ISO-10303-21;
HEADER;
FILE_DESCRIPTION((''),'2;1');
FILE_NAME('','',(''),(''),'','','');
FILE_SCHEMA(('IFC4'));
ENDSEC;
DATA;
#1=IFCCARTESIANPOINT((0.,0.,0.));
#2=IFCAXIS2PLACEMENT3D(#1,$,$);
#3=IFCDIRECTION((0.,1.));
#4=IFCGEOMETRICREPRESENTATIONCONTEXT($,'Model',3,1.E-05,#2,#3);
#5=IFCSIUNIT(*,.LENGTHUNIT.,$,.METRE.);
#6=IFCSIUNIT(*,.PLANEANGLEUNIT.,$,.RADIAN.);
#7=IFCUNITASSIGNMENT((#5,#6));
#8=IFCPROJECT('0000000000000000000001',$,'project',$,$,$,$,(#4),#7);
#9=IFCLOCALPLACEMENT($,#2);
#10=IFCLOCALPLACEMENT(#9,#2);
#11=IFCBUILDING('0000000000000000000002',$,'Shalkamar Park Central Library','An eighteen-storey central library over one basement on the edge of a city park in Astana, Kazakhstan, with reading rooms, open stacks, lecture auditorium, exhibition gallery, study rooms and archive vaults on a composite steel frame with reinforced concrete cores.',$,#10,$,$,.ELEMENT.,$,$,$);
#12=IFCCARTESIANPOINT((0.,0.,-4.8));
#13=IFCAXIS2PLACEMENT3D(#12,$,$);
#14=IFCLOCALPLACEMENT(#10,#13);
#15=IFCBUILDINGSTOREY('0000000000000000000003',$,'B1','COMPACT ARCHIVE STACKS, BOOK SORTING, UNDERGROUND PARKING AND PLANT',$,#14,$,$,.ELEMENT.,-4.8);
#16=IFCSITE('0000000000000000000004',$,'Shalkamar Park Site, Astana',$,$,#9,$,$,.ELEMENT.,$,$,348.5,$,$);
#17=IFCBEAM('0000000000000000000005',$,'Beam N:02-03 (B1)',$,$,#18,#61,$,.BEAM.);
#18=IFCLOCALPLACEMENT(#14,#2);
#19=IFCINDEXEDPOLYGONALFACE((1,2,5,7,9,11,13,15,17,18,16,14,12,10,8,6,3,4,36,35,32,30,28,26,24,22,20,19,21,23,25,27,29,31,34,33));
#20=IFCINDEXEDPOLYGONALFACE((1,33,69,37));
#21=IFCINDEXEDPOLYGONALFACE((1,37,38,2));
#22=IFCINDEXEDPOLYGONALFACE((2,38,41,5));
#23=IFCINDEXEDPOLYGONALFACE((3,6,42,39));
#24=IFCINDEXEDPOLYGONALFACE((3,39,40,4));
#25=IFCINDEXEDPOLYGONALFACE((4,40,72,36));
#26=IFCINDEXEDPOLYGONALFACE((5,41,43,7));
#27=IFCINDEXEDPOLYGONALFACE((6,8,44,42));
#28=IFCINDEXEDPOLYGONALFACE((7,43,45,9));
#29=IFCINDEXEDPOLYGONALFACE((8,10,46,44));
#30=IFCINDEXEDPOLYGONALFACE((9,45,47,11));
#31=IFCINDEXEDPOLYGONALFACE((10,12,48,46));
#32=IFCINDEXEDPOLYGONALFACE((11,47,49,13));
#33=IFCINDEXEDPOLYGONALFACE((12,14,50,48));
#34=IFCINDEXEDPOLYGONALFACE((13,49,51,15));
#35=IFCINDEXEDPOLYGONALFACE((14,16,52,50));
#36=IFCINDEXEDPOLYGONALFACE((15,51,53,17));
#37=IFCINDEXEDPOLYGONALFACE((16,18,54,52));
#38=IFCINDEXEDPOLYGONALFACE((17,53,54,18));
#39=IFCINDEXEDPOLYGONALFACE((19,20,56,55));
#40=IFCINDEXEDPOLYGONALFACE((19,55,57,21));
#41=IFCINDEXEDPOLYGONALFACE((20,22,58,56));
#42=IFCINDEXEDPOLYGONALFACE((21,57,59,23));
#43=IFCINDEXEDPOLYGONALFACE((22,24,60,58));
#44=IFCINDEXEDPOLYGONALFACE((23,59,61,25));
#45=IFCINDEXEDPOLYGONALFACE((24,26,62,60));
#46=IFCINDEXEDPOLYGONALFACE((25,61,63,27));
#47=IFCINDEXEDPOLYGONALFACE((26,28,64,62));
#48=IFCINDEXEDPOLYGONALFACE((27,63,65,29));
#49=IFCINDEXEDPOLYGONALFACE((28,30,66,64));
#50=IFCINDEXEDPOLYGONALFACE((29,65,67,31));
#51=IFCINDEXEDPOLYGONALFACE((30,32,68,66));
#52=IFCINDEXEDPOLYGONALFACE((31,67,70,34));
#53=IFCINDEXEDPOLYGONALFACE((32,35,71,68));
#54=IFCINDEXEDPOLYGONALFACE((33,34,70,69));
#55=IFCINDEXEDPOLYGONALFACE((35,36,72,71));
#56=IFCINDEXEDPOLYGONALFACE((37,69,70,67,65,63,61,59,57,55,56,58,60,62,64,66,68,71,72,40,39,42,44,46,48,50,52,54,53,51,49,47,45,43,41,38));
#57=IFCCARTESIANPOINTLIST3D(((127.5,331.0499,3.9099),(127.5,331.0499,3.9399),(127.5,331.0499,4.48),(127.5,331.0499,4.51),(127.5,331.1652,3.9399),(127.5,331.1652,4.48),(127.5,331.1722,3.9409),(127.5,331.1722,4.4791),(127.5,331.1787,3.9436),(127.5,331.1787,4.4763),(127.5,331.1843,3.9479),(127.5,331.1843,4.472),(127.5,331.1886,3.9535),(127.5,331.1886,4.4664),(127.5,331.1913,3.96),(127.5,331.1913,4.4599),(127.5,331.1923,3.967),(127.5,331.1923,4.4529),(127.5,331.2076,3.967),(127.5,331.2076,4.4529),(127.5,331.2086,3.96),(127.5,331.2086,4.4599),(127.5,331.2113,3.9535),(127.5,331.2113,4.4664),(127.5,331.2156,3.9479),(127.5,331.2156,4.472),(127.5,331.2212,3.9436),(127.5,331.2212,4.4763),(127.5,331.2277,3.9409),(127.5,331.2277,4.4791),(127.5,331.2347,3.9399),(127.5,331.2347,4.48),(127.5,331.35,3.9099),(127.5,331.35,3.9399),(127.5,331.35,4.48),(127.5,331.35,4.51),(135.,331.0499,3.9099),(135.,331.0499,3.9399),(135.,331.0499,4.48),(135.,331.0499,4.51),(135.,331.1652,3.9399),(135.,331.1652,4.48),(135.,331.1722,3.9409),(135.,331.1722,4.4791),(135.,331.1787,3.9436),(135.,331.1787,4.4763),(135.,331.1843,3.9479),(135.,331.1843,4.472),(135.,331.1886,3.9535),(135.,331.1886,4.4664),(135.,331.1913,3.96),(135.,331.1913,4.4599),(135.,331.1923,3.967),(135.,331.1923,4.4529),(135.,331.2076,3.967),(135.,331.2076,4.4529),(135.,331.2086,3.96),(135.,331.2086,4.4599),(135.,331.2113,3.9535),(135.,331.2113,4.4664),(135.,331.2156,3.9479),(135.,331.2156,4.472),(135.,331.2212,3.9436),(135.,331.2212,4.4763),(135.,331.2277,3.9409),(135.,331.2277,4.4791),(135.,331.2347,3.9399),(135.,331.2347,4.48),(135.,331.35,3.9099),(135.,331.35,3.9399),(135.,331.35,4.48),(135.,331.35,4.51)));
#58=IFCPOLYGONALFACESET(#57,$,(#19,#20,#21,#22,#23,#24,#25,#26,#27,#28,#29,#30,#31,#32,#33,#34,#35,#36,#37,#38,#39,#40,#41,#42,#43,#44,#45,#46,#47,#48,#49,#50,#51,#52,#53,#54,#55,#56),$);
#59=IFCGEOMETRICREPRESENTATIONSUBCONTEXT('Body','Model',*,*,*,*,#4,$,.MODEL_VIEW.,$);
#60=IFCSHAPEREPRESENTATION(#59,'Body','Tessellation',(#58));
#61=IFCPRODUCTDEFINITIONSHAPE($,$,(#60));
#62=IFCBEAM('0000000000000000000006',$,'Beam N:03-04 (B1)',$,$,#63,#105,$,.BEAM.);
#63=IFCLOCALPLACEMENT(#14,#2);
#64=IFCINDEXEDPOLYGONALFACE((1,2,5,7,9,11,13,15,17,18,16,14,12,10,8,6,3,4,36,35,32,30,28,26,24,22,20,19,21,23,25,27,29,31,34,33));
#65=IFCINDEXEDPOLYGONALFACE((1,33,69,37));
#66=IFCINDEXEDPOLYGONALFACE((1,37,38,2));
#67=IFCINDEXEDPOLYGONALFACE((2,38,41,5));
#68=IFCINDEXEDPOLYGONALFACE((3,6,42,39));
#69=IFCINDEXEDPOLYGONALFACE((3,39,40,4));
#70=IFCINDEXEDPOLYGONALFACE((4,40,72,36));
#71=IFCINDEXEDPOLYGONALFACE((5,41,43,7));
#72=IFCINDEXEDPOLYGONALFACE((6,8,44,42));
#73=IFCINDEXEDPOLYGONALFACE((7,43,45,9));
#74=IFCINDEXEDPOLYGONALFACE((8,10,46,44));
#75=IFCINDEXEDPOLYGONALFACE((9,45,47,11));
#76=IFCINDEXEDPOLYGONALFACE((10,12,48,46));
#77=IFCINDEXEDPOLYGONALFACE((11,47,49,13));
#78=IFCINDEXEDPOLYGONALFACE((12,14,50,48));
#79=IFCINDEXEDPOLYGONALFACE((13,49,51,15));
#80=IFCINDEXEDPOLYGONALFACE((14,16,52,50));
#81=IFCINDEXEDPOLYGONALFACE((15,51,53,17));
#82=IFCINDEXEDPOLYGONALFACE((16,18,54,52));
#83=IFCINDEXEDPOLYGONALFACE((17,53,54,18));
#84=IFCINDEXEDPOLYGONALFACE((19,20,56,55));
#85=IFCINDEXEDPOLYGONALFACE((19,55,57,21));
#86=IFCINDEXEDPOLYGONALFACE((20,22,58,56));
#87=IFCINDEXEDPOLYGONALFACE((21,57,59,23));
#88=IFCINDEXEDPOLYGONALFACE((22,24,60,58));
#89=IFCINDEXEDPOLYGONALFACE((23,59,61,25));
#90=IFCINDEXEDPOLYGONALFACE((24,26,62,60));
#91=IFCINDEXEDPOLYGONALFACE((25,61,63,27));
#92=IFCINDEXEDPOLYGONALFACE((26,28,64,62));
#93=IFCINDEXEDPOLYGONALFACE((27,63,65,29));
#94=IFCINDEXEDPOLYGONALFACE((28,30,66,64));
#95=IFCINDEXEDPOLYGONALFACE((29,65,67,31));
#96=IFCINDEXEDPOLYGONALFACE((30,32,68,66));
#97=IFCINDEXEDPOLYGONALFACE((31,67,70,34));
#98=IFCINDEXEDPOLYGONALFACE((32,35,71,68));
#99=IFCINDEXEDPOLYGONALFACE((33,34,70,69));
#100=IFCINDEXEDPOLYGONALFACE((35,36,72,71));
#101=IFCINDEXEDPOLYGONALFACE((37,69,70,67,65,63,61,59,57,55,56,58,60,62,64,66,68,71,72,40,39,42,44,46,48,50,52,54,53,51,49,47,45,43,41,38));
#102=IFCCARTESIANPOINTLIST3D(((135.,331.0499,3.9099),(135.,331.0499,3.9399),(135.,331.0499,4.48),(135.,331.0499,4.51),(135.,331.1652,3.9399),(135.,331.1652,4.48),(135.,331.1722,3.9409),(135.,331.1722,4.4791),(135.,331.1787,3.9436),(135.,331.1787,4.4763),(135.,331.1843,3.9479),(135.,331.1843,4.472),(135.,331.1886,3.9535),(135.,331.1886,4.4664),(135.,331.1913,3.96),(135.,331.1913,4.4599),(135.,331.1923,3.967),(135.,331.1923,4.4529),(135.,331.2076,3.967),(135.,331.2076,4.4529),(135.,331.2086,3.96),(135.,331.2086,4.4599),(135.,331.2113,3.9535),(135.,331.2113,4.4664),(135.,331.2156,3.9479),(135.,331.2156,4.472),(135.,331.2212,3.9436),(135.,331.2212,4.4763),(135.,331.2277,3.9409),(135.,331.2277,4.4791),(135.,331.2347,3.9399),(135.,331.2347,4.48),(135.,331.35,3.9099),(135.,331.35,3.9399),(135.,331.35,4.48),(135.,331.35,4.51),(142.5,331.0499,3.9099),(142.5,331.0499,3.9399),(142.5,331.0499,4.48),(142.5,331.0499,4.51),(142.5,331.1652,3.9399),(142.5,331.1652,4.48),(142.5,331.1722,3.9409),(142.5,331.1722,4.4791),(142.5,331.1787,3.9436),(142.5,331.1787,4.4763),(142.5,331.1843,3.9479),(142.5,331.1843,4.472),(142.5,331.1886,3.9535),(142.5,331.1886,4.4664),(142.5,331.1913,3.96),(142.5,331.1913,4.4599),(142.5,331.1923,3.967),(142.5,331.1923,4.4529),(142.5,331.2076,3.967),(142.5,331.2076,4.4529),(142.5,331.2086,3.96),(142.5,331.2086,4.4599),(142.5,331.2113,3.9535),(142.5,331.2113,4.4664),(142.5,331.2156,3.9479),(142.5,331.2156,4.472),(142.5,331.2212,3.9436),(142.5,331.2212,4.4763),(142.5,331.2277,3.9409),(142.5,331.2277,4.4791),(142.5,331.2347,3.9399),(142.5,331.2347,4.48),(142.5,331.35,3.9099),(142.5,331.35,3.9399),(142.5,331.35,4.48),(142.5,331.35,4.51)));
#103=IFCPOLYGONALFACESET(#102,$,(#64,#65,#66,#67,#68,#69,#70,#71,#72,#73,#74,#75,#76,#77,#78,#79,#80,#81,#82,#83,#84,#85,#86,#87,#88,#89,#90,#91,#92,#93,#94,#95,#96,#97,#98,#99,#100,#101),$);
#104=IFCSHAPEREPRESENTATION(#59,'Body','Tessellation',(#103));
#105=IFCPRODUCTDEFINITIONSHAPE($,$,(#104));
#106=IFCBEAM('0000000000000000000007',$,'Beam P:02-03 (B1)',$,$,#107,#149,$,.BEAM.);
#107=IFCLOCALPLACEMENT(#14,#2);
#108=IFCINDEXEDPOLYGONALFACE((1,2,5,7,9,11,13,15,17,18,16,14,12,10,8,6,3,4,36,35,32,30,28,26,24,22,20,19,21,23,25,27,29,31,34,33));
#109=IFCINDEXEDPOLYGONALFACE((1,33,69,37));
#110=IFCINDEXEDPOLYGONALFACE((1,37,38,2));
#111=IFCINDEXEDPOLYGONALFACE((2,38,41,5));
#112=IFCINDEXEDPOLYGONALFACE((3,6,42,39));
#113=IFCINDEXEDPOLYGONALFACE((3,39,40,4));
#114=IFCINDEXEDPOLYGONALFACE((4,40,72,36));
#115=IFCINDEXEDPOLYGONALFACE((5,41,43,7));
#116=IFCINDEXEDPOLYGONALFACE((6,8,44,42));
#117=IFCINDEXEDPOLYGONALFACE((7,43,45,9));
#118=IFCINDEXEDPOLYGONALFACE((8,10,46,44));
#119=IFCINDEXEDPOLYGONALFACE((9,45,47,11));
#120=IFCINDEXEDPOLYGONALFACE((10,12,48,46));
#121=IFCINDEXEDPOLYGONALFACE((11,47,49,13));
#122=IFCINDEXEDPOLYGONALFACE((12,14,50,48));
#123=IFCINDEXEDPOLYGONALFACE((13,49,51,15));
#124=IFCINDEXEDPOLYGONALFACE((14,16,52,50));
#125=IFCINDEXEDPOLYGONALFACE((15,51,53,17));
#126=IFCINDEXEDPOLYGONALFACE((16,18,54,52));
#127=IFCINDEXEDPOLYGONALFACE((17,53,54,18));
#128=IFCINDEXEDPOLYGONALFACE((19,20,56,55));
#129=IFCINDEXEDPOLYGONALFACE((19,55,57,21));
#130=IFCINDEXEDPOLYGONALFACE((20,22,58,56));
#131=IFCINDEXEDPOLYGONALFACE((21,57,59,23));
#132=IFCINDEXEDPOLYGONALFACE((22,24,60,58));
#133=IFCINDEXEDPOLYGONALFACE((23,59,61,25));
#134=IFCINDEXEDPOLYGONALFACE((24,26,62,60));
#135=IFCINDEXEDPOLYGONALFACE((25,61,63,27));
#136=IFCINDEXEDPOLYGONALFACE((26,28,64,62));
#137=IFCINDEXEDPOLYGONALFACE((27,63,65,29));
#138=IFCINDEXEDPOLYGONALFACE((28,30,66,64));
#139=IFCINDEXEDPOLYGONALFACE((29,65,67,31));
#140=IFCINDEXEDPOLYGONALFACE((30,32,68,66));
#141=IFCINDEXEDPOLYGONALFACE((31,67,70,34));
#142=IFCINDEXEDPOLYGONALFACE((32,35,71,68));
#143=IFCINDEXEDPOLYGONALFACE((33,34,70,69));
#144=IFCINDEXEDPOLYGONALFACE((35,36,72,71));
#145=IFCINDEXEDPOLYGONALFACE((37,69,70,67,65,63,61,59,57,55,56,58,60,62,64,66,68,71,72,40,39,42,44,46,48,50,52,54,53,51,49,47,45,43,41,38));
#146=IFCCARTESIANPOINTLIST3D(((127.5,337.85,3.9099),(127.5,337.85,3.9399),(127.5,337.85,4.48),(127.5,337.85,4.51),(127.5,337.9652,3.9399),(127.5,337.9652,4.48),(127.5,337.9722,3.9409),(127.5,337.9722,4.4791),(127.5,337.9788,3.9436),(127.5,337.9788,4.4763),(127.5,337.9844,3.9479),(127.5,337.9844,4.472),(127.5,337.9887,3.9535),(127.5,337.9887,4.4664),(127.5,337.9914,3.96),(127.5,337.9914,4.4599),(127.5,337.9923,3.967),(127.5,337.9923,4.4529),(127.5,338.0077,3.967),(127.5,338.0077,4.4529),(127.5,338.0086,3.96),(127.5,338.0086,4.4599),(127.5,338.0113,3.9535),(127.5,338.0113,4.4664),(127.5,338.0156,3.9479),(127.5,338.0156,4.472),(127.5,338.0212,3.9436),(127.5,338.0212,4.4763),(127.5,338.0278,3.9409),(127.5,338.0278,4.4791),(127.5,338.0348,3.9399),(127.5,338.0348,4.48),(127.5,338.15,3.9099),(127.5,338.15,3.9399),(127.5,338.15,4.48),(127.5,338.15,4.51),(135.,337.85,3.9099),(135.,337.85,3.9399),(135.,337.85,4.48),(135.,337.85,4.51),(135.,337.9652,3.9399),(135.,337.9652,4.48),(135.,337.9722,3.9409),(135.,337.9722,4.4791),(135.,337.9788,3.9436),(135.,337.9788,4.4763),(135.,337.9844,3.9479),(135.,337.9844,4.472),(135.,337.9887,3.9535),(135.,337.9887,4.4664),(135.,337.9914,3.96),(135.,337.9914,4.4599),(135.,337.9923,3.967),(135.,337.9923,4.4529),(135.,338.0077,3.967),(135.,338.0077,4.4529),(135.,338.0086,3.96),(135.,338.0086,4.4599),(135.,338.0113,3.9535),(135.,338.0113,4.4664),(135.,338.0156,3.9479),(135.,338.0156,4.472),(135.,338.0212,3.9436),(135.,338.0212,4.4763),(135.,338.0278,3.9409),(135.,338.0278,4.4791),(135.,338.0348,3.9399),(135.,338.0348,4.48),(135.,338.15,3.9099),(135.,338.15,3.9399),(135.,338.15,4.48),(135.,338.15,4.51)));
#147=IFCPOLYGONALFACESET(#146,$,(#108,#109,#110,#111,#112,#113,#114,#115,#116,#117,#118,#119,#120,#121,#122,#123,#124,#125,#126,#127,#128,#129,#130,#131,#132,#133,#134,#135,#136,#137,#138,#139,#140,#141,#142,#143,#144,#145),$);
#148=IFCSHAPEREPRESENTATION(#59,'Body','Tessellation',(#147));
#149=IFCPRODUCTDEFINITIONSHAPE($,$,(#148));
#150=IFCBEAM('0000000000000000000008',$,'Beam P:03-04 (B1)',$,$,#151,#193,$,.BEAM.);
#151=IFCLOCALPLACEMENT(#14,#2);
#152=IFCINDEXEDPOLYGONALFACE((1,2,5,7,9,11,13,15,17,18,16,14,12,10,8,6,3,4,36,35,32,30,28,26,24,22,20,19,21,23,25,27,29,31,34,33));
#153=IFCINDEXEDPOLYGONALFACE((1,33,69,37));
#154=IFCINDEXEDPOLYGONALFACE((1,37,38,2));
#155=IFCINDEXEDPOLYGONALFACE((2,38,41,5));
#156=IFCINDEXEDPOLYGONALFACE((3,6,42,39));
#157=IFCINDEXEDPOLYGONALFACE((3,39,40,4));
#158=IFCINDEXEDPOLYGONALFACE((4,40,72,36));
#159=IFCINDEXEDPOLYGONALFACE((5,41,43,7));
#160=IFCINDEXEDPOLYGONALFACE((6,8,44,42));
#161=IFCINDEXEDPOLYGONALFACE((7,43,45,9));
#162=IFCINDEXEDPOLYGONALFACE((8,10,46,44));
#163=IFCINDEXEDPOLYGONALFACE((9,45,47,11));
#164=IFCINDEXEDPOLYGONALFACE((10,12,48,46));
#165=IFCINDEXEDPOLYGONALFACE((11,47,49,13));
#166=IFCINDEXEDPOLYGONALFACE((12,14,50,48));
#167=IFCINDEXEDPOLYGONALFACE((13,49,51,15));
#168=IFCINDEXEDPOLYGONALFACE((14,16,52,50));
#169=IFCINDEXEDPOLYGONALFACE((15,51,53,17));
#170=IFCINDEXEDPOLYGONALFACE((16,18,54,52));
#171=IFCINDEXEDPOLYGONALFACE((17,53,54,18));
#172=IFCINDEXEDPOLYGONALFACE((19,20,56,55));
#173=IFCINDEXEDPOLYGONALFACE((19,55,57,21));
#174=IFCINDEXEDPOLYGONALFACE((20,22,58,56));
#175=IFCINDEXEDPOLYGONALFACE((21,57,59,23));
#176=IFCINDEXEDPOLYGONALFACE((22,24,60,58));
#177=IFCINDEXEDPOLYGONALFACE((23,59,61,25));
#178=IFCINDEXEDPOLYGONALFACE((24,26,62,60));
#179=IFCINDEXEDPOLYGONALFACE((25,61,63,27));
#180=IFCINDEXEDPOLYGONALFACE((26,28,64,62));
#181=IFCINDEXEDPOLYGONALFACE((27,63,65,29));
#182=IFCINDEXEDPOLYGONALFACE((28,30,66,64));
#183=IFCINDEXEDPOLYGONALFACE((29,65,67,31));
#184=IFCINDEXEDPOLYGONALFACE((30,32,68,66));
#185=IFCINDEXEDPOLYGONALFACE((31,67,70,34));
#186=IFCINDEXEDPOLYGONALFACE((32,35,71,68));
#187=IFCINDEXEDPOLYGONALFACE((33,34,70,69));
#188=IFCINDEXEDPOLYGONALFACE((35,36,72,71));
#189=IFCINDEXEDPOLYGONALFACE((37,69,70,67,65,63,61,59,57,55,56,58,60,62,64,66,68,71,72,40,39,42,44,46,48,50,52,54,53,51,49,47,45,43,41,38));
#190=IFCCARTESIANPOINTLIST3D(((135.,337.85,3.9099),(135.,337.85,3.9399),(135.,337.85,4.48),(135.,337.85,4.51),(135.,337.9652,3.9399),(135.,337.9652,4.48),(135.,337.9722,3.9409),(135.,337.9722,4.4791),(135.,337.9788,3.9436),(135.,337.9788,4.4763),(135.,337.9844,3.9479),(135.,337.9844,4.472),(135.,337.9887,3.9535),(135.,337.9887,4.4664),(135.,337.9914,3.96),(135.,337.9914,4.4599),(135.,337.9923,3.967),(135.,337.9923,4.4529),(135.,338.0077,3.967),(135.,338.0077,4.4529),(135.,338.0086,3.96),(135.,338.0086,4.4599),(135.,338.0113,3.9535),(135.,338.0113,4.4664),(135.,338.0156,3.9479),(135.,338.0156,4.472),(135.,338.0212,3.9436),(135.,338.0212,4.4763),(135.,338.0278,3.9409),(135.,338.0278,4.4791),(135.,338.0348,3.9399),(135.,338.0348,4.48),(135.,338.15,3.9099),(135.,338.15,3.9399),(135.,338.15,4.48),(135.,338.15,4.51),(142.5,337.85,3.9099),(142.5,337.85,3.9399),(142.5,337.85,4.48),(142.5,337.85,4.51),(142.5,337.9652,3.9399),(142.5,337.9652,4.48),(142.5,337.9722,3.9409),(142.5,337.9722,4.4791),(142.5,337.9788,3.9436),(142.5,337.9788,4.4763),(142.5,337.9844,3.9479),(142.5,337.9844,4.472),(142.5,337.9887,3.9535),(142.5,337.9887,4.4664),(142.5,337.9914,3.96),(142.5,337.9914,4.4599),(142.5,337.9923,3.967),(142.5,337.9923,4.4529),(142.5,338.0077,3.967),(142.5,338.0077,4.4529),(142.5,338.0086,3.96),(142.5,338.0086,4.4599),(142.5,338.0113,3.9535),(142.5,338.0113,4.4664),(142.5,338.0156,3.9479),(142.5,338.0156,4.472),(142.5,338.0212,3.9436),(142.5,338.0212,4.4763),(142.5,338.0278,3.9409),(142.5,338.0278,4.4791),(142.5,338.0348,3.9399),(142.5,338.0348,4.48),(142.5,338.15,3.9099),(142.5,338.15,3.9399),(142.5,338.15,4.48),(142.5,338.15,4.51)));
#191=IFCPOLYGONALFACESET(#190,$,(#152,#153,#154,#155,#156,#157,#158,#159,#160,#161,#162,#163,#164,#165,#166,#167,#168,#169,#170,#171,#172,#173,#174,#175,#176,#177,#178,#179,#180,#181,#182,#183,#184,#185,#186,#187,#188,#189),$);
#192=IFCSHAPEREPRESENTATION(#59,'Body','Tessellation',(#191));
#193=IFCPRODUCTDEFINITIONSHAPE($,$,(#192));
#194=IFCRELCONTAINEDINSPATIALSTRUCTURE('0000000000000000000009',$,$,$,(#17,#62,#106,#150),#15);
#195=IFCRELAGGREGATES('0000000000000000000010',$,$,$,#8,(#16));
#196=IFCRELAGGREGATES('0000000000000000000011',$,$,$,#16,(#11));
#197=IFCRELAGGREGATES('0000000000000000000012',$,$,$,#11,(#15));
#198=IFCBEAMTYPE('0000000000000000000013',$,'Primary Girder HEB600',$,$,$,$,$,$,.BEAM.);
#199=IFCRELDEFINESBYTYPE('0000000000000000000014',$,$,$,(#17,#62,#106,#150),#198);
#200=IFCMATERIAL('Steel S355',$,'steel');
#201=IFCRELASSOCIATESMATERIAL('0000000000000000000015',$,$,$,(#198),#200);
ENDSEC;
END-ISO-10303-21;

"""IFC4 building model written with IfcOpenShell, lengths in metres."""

from ifc_helpers import new_model, si_unit, direction, frame, origin, origin_2d, place, context, subcontext, project, spatial, i_section, extrude, material, material_profile, profile_set, type_object, element, save


model = new_model("IFC4")

# Units and contexts
model_context = context("Model", 3, precision=1e-05, world=origin(), true_north=direction((0.0, 1.0)))
body_context = subcontext(model_context, "Body", "Model", "MODEL_VIEW")
ifc_project = project(units=[si_unit("LENGTHUNIT", "METRE"), si_unit("PLANEANGLEUNIT", "RADIAN")], contexts=[model_context])

# Site, building, storey
site_placement = place(None, origin())
site = spatial("IfcSite", under=ifc_project, at=site_placement, Name="Shalkamar Park Site, Astana", CompositionType="ELEMENT", RefElevation=348.5)
building_placement = place(site_placement, origin())
building = spatial("IfcBuilding", under=site, at=building_placement, Name="Shalkamar Park Central Library", Description="An eighteen-storey central library over one basement on the edge of a city park in Astana, Kazakhstan, with reading rooms, open stacks, lecture auditorium, exhibition gallery, study rooms and archive vaults on a composite steel frame with reinforced concrete cores.", CompositionType="ELEMENT")
storey_placement = place(building_placement, frame((0.0, 0.0, -4.8)))
storey = spatial("IfcBuildingStorey", under=building, at=storey_placement, Name="B1", Description="COMPACT ARCHIVE STACKS, BOOK SORTING, UNDERGROUND PARKING AND PLANT", CompositionType="ELEMENT", Elevation=-4.8)

# Shared definitions
ifc_material_1 = material(Name="Steel S355", Category="steel")

# Beams
ifc_material_profile_1 = material_profile(ifc_material_1, i_section(OverallWidth=0.3, OverallDepth=0.6001, WebThickness=0.0154, FlangeThickness=0.03, FilletRadius=0.0271, at=origin_2d()), Name="HEB 600")
ifc_profile_set_1 = profile_set([ifc_material_profile_1], Name="Steel S355")
beam_type_1 = type_object("IfcBeamType", Name="Primary Girder HEB600", PredefinedType="BEAM", material=ifc_profile_set_1)
for number, where, z_axis, x_axis, name in (
    (1, (127.5, 331.2, 4.21), (1.0, 0.0, 0.0), (0.0, 1.0, 0.0), "Beam N:02-03 (B1)"),
    (2, (135.0, 331.2, 4.21), (1.0, 0.0, 0.0), (0.0, 1.0, 0.0), "Beam N:03-04 (B1)"),
    (3, (127.5, 338.0, 4.21), (1.0, 0.0, 0.0), (0.0, 1.0, 0.0), "Beam P:02-03 (B1)"),
    (4, (135.0, 338.0, 4.21), (1.0, 0.0, 0.0), (0.0, 1.0, 0.0), "Beam P:03-04 (B1)"),
):
    element("IfcBeam", number, at=place(storey_placement, frame(where, z_axis=z_axis, x_axis=x_axis)), inside=storey, type_object=beam_type_1, Name=name, PredefinedType="BEAM", context=body_context, shape_type="SweptSolid", body=[
        extrude(i_section(OverallWidth=0.3, OverallDepth=0.6001, WebThickness=0.0154, FlangeThickness=0.03, FilletRadius=0.0271, at=origin_2d()), origin(), (0.0, 0.0, 1.0), 7.5),
    ])

save(model, "model.ifc")
